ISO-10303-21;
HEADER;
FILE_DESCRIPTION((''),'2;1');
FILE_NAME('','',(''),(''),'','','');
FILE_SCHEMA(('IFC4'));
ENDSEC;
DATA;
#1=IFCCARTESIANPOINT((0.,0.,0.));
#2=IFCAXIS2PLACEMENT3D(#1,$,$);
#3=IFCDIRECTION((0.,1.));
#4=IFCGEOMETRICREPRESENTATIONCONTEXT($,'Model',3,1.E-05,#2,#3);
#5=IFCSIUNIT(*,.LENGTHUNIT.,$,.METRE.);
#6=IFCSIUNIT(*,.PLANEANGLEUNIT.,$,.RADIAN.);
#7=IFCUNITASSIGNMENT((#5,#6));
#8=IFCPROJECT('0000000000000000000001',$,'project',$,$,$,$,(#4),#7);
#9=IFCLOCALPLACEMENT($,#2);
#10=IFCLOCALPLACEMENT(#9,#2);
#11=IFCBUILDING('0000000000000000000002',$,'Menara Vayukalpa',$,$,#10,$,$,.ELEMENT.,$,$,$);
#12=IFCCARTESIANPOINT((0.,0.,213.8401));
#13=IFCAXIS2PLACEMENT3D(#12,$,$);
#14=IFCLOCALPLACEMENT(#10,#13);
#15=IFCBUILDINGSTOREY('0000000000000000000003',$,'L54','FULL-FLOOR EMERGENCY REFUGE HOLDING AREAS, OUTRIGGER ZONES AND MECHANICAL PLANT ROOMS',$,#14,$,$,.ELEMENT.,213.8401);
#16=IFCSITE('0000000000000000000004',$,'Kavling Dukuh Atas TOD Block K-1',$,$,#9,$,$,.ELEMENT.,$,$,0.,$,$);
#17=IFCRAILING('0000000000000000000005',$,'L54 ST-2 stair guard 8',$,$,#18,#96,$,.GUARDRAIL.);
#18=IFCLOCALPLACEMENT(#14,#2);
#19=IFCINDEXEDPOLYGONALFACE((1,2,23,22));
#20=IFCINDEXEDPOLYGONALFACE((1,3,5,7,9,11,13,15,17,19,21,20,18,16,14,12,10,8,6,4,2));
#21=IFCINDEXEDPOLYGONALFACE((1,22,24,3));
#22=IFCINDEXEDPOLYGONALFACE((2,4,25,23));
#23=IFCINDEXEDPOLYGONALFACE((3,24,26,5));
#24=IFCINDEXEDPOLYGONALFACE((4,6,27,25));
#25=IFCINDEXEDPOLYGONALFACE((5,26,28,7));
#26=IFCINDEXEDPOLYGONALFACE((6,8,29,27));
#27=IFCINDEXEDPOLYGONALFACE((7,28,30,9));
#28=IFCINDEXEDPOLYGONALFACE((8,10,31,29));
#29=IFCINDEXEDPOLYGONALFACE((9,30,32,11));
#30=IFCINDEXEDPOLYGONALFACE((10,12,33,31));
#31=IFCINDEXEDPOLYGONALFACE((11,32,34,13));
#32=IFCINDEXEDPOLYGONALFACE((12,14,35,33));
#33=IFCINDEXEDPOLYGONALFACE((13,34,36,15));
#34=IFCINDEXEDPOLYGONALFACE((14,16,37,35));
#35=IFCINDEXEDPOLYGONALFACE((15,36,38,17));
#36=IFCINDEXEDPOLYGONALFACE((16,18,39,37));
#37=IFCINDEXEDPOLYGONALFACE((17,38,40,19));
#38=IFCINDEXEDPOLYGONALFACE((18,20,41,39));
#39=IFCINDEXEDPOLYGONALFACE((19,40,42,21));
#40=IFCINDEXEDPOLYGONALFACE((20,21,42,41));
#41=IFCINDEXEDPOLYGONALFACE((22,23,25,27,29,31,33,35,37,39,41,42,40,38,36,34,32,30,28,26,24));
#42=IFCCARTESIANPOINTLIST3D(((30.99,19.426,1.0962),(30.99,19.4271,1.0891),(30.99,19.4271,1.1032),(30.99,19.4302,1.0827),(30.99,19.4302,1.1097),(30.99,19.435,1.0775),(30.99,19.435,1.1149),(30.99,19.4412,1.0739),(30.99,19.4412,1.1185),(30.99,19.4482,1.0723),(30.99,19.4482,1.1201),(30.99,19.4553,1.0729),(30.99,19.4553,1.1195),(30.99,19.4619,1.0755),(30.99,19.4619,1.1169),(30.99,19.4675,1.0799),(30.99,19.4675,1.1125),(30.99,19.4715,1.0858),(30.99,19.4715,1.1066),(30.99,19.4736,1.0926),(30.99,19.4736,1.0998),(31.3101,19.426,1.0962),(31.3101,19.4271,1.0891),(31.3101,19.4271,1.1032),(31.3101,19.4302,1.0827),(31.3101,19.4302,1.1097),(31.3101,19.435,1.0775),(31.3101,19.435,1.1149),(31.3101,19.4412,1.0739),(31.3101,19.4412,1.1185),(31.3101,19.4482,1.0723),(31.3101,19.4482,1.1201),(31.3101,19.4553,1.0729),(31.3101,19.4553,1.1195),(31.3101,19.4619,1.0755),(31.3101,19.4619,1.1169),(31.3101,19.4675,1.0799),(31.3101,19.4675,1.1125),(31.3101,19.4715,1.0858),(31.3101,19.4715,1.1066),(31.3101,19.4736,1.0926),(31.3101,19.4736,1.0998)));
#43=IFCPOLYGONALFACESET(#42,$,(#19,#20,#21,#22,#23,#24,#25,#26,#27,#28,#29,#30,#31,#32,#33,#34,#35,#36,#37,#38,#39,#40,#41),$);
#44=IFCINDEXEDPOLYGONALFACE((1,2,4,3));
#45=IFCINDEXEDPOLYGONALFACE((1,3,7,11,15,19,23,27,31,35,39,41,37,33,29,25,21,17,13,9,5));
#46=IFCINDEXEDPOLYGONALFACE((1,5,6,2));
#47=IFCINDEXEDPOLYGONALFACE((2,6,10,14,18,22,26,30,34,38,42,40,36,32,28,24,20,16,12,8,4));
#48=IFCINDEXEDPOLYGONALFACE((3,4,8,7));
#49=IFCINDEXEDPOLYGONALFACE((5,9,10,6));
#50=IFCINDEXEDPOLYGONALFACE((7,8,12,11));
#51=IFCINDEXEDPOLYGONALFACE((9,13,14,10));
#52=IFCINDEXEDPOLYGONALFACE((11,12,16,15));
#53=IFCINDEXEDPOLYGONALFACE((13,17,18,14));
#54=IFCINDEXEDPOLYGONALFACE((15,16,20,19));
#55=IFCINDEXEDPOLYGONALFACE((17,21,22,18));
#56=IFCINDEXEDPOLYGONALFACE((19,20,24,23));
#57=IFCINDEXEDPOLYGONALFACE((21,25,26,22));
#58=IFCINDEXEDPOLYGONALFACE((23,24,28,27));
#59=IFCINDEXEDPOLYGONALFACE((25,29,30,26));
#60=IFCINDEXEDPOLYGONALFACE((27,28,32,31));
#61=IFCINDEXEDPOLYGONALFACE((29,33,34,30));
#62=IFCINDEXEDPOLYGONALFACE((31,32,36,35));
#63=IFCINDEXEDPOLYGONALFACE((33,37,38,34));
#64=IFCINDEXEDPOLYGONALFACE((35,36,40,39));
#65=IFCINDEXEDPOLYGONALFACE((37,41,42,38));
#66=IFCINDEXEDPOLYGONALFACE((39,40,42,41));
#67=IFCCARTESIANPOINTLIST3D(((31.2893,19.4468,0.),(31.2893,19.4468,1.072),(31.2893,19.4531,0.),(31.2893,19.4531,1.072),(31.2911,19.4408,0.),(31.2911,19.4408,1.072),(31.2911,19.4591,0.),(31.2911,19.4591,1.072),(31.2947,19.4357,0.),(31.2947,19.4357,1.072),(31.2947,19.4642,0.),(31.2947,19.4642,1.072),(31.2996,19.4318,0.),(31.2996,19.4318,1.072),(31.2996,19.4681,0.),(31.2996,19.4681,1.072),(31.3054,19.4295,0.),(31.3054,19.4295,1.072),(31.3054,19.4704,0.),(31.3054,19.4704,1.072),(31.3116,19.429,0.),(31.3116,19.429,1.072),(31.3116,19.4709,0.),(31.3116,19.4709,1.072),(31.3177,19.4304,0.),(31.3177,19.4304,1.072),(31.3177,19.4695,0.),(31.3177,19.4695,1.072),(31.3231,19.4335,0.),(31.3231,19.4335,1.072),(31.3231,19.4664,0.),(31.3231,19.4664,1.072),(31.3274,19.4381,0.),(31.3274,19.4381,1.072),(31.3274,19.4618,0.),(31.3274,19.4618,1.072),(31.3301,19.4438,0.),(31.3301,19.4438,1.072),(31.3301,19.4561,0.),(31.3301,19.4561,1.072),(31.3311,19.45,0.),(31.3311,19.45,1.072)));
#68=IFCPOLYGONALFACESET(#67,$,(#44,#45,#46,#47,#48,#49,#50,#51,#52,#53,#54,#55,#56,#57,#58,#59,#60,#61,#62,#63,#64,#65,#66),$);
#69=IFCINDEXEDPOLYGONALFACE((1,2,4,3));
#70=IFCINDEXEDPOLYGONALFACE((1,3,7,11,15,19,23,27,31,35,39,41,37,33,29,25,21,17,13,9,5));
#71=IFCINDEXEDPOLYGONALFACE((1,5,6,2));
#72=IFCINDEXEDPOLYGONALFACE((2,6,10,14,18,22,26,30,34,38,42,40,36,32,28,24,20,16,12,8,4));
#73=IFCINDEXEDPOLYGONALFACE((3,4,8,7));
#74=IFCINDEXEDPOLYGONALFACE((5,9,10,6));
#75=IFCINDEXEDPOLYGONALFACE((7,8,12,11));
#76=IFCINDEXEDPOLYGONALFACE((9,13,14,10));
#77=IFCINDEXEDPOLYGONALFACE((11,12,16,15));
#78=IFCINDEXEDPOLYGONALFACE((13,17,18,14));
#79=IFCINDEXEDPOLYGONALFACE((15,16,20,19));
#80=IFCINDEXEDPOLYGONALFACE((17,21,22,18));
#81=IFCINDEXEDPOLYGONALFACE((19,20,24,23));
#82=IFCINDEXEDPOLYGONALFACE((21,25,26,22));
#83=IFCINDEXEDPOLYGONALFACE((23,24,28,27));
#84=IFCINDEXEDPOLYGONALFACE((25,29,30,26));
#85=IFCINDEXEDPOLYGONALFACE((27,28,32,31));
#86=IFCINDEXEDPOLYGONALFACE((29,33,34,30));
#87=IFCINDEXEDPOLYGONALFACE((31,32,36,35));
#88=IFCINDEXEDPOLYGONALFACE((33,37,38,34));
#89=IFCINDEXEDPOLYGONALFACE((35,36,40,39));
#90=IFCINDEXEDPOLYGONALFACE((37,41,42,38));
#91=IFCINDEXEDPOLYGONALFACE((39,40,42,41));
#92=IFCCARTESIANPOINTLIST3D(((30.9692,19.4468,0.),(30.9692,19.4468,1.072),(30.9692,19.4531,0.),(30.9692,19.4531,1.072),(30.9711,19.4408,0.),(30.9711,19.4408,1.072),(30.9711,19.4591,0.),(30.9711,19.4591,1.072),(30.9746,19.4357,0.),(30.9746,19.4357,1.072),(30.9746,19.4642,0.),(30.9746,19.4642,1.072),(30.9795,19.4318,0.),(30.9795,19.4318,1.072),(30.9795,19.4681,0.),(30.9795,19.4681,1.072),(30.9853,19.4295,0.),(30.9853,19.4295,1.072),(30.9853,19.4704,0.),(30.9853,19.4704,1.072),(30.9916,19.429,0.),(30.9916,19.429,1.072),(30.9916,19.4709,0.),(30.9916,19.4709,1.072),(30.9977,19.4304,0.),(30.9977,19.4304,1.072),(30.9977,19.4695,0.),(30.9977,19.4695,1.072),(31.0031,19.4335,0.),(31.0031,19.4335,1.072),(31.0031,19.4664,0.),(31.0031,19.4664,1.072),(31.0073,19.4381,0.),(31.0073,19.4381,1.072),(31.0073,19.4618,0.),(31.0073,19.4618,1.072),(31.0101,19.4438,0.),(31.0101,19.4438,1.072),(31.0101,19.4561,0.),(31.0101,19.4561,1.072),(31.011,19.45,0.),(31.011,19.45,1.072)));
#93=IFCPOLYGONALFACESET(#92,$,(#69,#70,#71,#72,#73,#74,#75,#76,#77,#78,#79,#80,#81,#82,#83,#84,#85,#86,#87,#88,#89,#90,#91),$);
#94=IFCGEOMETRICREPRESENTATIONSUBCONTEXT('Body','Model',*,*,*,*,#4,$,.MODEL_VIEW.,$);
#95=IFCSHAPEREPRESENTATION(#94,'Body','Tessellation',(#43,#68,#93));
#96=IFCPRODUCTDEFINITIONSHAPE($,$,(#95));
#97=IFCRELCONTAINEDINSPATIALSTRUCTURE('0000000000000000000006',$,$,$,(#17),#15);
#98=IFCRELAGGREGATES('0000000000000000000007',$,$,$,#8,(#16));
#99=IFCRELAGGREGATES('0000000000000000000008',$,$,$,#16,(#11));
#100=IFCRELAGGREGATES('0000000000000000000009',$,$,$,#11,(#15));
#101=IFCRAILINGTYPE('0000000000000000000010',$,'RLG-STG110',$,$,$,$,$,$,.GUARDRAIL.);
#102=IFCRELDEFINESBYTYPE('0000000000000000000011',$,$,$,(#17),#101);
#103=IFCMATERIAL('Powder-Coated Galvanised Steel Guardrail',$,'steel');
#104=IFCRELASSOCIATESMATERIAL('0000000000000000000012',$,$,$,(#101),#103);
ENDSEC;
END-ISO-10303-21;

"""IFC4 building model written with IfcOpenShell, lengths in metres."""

from ifc_helpers import new_model, si_unit, direction, frame, origin, origin_2d, place, context, subcontext, project, spatial, circle, extrude, material, type_object, element, save


model = new_model("IFC4")

# Units and contexts
model_context = context("Model", 3, precision=1e-05, world=origin(), true_north=direction((0.0, 1.0)))
body_context = subcontext(model_context, "Body", "Model", "MODEL_VIEW")
ifc_project = project(units=[si_unit("LENGTHUNIT", "METRE"), si_unit("PLANEANGLEUNIT", "RADIAN")], contexts=[model_context])

# Site, building, storey
site_placement = place(None, origin())
site = spatial("IfcSite", under=ifc_project, at=site_placement, Name="Kavling Dukuh Atas TOD Block K-1", CompositionType="ELEMENT", RefElevation=0.0)
building_placement = place(site_placement, origin())
building = spatial("IfcBuilding", under=site, at=building_placement, Name="Menara Vayukalpa", CompositionType="ELEMENT")
storey_placement = place(building_placement, frame((0.0, 0.0, 213.8401)))
storey = spatial("IfcBuildingStorey", under=building, at=storey_placement, Name="L54", Description="FULL-FLOOR EMERGENCY REFUGE HOLDING AREAS, OUTRIGGER ZONES AND MECHANICAL PLANT ROOMS", CompositionType="ELEMENT", Elevation=213.8401)

# Railing
ifc_material_1 = material(Name="Powder-Coated Galvanised Steel Guardrail", Category="steel")
railing_type_1 = type_object("IfcRailingType", Name="RLG-STG110", PredefinedType="GUARDRAIL", material=ifc_material_1)
railing_1_placement = place(storey_placement, frame((31.3101, 19.45, 0.0)))
element("IfcRailing", 1, at=railing_1_placement, inside=storey, type_object=railing_type_1, Name="L54 ST-2 stair guard 8", PredefinedType="GUARDRAIL", context=body_context, shape_type="SweptSolid", body=[
    extrude(circle(Radius=0.0239, at=origin_2d()), frame((0.0, 0.0, 1.0962), z_axis=(-1.0, 0.0, 0.0), x_axis=(0.0, -1.0, 0.0)), (0.0, 0.0, 1.0), 0.3201),
    extrude(circle(Radius=0.021, at=origin_2d()), origin(), (0.0, 0.0, 1.0), 1.072),
    extrude(circle(Radius=0.021, at=origin_2d()), frame((-0.3201, 0.0, 0.0)), (0.0, 0.0, 1.0), 1.072),
])

save(model, "model.ifc")
